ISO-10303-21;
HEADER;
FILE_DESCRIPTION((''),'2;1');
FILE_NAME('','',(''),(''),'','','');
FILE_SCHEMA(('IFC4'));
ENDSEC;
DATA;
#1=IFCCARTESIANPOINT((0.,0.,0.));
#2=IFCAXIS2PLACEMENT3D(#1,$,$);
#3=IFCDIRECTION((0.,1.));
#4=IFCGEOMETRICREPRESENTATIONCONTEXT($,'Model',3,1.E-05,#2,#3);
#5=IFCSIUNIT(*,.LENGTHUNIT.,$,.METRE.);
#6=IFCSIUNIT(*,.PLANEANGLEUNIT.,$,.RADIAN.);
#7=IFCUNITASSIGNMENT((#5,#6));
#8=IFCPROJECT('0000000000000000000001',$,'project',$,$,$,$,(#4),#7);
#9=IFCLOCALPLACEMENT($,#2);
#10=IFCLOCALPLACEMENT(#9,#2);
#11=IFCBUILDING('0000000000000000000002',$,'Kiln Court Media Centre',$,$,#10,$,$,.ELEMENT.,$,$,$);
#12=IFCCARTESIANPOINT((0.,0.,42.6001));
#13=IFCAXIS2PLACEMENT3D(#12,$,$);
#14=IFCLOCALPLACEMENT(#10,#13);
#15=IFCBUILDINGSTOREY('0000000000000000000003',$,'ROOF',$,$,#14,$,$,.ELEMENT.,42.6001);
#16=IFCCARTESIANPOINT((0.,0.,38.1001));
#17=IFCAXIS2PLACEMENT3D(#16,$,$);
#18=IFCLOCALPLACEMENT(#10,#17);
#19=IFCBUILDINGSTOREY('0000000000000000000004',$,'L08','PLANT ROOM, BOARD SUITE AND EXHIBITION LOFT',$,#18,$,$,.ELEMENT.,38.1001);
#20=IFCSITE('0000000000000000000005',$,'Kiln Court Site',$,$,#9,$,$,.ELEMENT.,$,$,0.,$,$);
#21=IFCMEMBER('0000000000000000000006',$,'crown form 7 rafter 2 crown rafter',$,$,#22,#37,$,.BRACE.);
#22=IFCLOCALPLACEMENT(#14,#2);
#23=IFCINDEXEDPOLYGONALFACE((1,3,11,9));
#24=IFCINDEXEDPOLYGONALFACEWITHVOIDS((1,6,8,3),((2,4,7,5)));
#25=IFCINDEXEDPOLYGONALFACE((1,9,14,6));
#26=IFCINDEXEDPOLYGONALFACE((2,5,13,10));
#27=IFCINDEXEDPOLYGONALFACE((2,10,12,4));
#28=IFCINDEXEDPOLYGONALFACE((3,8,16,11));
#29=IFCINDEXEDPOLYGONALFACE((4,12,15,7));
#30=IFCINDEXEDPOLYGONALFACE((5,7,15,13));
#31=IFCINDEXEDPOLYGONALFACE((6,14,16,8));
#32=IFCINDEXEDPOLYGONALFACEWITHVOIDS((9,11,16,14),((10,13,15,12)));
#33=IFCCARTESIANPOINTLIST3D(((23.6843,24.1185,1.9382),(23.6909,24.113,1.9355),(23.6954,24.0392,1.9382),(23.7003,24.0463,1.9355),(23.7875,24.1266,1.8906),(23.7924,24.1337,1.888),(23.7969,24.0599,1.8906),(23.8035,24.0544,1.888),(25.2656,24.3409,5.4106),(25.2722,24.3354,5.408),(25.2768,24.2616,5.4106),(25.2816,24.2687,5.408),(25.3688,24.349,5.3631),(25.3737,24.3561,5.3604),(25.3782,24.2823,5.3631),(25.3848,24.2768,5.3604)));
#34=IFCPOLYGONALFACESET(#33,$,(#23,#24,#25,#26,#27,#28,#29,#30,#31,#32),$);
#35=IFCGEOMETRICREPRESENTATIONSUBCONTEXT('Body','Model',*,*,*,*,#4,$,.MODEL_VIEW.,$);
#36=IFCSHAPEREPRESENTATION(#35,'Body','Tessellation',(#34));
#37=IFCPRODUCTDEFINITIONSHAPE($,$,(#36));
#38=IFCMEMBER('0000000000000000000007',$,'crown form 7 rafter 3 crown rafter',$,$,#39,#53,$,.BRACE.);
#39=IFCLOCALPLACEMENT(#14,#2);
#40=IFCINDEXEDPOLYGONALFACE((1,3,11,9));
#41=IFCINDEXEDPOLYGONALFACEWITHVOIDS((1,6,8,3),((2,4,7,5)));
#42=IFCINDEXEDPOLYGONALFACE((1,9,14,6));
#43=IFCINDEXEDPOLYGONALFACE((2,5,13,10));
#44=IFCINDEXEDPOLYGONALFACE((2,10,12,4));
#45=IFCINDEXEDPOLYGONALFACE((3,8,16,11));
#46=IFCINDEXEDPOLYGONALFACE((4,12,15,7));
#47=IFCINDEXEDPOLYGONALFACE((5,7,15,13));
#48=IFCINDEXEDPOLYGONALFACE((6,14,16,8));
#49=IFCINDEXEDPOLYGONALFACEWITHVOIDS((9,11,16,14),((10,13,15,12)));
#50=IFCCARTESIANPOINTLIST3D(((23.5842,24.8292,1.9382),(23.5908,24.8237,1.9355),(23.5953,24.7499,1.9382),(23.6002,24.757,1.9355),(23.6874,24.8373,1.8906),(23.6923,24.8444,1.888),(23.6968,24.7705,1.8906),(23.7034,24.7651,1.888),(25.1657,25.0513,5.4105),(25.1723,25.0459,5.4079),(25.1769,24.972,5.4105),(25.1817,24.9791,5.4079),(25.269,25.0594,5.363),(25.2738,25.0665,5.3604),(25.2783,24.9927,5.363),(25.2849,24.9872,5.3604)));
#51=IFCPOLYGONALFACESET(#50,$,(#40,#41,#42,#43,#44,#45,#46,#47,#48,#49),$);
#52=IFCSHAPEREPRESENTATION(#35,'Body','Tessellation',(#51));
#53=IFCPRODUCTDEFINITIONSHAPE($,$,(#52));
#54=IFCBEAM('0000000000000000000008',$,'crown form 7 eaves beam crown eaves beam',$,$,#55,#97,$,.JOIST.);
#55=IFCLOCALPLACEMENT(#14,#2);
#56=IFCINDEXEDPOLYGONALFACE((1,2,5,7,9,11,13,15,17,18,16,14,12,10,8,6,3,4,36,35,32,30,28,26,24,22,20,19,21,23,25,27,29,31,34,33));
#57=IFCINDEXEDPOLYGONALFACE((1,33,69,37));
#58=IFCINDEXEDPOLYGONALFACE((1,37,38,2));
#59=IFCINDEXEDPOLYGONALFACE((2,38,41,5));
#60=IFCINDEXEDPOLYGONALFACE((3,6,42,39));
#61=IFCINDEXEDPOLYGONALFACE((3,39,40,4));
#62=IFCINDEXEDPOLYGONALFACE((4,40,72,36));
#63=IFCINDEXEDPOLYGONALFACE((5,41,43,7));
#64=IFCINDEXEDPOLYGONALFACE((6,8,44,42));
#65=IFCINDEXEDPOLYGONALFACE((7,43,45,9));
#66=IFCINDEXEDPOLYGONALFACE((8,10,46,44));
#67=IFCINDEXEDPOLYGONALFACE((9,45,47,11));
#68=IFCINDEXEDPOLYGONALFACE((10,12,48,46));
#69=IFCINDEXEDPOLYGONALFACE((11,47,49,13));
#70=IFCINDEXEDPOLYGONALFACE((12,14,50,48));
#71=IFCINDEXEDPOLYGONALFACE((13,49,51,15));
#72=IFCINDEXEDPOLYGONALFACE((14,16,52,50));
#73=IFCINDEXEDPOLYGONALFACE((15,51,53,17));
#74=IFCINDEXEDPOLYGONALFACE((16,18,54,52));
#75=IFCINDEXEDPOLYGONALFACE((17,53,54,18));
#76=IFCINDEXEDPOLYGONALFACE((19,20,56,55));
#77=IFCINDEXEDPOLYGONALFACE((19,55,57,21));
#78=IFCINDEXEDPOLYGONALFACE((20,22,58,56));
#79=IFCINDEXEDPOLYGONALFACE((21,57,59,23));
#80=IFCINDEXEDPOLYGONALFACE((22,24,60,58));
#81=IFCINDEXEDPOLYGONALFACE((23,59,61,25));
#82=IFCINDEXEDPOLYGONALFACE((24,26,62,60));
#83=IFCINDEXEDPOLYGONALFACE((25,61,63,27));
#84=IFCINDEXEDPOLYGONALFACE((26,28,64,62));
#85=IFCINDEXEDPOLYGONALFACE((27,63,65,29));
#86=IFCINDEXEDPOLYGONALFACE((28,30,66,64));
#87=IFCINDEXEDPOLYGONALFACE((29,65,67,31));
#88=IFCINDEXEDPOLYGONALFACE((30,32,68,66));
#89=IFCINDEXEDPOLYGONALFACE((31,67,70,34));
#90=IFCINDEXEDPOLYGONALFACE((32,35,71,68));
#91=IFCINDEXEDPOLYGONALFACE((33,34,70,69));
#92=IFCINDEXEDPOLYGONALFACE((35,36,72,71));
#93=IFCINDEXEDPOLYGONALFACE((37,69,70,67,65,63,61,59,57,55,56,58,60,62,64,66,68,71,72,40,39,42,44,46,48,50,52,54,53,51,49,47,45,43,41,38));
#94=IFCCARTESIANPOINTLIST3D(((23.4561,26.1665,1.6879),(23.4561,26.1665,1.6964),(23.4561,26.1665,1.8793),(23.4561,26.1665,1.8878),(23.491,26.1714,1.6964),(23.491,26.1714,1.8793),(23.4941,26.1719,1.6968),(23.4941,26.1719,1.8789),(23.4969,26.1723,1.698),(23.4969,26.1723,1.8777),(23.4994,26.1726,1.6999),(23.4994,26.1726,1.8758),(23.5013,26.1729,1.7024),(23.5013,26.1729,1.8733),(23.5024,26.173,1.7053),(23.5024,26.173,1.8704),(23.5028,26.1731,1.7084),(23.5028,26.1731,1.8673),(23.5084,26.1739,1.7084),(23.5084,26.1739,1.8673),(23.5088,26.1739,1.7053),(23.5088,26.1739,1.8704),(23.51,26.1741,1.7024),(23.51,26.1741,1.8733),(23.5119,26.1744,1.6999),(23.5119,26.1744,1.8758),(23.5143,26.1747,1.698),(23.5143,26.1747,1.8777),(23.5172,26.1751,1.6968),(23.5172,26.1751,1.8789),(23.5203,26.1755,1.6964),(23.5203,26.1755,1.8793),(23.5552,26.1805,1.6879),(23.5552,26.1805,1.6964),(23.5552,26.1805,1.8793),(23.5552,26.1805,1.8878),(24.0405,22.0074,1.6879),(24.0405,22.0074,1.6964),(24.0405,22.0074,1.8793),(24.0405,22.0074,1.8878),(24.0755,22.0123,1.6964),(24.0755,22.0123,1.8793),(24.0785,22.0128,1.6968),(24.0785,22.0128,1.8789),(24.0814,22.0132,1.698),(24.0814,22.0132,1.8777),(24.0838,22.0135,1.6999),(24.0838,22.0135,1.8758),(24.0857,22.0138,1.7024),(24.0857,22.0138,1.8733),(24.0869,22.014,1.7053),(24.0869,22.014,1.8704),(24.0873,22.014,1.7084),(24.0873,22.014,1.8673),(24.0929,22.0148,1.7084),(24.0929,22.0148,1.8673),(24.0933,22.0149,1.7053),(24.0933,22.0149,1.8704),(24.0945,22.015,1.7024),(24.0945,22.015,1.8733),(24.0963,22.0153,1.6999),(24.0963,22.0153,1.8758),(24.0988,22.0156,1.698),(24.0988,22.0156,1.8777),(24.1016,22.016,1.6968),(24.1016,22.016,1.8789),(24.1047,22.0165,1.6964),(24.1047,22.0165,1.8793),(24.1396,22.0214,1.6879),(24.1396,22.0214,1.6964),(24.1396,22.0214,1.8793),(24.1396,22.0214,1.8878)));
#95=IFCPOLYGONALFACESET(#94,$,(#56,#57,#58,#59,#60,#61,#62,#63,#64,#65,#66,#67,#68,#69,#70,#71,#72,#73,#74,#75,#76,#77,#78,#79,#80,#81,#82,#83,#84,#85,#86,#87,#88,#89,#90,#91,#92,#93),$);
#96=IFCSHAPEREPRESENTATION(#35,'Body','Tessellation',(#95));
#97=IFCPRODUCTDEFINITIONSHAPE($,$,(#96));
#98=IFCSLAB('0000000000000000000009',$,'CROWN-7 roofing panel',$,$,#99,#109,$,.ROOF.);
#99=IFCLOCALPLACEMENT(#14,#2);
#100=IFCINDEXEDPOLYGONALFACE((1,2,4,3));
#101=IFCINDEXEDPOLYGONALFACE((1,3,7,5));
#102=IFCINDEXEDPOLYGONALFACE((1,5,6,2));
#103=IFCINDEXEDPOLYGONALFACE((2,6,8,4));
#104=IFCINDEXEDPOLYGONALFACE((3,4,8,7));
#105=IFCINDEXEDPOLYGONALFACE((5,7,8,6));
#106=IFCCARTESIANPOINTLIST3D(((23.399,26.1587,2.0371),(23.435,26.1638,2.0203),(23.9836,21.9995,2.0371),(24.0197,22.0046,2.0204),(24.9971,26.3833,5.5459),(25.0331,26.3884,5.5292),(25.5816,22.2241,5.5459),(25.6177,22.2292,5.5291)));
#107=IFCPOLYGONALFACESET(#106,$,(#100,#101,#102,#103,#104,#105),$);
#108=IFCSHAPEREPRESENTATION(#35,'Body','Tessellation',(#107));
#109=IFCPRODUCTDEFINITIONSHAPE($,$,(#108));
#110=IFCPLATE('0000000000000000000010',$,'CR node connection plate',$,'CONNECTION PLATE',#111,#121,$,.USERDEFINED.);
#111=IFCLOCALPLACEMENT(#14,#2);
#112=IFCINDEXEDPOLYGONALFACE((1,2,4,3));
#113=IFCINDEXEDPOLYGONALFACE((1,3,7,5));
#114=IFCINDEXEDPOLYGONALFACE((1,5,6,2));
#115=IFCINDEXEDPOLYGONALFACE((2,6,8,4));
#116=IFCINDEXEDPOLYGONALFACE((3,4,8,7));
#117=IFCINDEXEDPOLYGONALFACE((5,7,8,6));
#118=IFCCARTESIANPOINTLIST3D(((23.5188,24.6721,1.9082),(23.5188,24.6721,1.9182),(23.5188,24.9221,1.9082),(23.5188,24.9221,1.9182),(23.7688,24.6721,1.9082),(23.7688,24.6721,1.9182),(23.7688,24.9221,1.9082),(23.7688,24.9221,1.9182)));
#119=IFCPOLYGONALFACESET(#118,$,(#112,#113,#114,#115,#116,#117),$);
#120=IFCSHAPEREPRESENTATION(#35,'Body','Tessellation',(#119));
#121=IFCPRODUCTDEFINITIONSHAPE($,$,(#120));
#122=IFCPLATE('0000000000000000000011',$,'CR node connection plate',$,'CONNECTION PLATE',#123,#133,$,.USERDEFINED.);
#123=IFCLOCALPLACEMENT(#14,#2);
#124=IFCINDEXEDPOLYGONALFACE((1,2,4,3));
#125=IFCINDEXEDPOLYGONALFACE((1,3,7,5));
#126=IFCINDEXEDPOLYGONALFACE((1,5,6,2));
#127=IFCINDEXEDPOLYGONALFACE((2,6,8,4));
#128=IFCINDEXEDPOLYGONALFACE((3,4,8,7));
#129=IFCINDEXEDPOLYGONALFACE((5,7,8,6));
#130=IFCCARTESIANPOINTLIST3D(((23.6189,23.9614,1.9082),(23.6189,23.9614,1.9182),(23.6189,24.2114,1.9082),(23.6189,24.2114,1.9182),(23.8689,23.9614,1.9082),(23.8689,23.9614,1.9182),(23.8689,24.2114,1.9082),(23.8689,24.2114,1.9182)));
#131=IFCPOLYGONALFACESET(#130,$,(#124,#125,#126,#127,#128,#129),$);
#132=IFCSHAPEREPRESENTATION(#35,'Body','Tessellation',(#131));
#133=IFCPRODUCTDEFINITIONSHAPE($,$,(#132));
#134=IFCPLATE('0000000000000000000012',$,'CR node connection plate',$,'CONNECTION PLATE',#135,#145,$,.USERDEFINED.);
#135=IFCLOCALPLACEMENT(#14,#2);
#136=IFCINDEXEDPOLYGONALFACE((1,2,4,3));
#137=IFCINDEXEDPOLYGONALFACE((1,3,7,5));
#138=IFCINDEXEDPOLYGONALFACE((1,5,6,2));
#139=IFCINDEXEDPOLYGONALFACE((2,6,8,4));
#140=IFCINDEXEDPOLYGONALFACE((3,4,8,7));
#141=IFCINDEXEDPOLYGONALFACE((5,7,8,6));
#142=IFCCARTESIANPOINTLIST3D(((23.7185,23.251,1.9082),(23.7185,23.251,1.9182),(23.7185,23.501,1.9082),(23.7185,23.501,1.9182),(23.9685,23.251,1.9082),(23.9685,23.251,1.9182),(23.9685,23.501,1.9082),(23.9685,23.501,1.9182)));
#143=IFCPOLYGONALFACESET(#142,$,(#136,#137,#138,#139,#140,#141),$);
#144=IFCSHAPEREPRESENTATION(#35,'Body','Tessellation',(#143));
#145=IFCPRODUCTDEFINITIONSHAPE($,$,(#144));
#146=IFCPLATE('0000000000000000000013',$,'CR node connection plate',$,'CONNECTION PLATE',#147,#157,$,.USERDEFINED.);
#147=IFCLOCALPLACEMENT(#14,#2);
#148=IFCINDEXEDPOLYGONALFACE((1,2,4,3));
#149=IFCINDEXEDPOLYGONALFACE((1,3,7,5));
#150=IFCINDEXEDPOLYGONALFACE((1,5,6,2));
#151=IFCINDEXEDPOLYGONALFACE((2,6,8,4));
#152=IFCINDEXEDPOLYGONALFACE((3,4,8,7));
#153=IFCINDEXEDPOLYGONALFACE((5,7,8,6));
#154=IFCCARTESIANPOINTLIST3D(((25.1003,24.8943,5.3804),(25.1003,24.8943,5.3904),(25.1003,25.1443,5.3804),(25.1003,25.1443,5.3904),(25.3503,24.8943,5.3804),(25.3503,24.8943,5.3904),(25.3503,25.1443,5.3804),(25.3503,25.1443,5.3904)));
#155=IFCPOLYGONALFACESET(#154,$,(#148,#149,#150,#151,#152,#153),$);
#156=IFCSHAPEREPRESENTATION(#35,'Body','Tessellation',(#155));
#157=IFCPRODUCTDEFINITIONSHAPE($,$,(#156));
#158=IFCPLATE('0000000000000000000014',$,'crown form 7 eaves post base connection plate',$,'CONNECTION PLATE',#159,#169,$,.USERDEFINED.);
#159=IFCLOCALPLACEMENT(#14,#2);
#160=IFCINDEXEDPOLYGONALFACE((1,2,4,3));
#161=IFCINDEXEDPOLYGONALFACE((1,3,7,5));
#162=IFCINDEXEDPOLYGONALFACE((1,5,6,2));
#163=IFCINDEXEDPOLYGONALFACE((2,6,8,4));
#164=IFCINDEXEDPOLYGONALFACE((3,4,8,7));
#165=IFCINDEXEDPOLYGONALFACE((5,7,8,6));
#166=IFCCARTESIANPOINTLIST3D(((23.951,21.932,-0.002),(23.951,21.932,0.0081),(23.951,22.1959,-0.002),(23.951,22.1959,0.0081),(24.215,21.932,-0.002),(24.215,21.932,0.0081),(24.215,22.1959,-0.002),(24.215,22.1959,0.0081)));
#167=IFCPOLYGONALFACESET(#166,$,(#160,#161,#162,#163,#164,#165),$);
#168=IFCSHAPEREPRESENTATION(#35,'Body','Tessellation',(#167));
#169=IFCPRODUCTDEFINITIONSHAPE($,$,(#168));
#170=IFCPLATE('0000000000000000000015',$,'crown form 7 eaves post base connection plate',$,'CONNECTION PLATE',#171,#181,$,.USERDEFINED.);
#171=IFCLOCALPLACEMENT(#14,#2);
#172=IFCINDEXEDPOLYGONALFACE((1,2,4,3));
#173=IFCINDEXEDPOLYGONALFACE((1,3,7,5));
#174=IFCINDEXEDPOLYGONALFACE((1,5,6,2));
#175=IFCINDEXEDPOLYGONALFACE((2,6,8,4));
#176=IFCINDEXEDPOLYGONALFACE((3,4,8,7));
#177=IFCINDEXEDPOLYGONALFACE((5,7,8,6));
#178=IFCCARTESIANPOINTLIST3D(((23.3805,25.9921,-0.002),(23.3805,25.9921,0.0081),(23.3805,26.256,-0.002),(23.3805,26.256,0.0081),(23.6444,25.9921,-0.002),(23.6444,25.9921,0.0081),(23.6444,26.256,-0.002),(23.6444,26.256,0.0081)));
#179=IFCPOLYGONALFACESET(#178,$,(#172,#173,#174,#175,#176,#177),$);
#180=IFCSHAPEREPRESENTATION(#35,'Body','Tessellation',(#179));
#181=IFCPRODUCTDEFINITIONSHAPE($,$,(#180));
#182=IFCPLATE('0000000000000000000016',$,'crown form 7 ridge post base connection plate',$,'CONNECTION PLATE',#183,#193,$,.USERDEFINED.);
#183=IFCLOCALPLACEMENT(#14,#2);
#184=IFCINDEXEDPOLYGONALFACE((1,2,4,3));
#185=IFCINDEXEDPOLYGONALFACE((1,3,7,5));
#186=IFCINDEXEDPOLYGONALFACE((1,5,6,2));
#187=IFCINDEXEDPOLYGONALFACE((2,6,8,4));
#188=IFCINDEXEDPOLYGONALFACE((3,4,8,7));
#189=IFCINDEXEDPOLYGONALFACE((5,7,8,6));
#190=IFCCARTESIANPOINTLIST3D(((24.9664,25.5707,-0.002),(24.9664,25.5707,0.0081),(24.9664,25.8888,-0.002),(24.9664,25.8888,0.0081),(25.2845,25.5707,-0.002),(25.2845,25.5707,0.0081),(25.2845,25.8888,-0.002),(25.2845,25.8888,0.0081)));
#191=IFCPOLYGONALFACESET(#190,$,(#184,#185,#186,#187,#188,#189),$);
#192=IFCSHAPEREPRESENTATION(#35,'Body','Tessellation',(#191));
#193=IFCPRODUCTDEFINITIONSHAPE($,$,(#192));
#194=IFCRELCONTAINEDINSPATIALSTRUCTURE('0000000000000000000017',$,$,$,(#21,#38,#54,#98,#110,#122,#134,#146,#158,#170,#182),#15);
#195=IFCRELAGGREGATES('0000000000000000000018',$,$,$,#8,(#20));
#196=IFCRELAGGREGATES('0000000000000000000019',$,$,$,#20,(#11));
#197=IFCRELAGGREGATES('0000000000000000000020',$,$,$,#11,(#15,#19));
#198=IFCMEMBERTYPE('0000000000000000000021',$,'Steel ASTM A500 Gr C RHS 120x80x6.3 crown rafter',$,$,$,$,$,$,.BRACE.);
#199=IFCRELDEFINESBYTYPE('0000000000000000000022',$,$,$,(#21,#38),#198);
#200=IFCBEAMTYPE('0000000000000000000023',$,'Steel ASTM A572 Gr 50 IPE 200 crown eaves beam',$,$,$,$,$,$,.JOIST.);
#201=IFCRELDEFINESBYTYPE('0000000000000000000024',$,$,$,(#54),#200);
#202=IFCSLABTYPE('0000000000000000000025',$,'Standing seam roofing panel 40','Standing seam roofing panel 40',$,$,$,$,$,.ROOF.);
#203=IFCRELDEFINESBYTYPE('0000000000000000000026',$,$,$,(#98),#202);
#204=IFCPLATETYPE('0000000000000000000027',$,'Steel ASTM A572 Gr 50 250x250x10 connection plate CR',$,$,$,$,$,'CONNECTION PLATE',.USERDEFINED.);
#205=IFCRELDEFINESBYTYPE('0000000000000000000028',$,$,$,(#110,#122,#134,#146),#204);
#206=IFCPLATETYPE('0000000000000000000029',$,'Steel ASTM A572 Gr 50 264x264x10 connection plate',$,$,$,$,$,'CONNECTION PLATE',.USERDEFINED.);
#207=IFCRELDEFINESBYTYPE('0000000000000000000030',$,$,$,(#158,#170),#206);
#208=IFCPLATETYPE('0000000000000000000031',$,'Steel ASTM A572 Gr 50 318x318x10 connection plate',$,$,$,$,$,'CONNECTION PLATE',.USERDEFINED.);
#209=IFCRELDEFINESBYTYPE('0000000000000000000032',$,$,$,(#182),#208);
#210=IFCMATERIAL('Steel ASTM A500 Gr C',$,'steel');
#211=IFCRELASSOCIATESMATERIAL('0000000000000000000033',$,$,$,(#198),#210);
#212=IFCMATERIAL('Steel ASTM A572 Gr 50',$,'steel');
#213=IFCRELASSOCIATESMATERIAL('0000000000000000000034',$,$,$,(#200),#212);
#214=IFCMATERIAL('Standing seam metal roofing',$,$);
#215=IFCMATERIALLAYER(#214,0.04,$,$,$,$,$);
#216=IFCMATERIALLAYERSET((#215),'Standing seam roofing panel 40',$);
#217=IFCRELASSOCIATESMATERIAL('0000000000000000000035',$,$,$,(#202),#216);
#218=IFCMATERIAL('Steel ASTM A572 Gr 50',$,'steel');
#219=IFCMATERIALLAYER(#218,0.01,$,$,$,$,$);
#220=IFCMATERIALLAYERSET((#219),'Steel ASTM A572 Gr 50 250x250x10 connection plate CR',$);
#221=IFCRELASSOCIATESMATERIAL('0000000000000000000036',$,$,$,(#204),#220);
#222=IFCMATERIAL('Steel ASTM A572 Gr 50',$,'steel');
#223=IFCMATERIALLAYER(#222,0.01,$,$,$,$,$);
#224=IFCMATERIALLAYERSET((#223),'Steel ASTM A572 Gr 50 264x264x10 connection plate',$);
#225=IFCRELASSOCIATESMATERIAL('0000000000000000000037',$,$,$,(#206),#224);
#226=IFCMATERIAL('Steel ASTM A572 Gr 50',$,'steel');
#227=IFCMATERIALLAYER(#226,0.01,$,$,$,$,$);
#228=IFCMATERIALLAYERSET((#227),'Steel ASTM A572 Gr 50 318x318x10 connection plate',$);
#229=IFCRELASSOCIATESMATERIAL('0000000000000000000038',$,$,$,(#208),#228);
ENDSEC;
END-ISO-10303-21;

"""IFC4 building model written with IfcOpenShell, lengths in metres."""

from ifc_helpers import new_model, si_unit, direction, frame, origin, origin_2d, place, context, subcontext, project, spatial, polyline, rectangle, hollow_rectangle, i_section, outline, extrude, material, layer, layer_set, material_profile, profile_set, type_object, element, save


model = new_model("IFC4")

# Units and contexts
model_context = context("Model", 3, precision=1e-05, world=origin(), true_north=direction((0.0, 1.0)))
body_context = subcontext(model_context, "Body", "Model", "MODEL_VIEW")
ifc_project = project(units=[si_unit("LENGTHUNIT", "METRE"), si_unit("PLANEANGLEUNIT", "RADIAN")], contexts=[model_context])

# Site, building, storey
site_placement = place(None, origin())
site = spatial("IfcSite", under=ifc_project, at=site_placement, Name="Kiln Court Site", CompositionType="ELEMENT", RefElevation=0.0)
building_placement = place(site_placement, origin())
building = spatial("IfcBuilding", under=site, at=building_placement, Name="Kiln Court Media Centre", CompositionType="ELEMENT")
storey_1_placement = place(building_placement, frame((0.0, 0.0, 42.6001)))
storey_1 = spatial("IfcBuildingStorey", under=building, at=storey_1_placement, Name="ROOF", CompositionType="ELEMENT", Elevation=42.6001)

# Members
ifc_material_1 = material(Name="Steel ASTM A500 Gr C", Category="steel")
ifc_material_profile_1 = material_profile(ifc_material_1, hollow_rectangle(XDim=0.0801, YDim=0.1201, WallThickness=0.0063, at=origin_2d()), Name="RHS 120x80x6.3")
ifc_profile_set_1 = profile_set([ifc_material_profile_1], Name="Steel ASTM A500 Gr C")
member_type = type_object("IfcMemberType", Name="Steel ASTM A500 Gr C RHS 120x80x6.3 crown rafter", PredefinedType="BRACE", material=ifc_profile_set_1)
for number, where, z_axis, x_axis, name in (
    (1, (23.7439, 24.0864, 1.9131), (0.413737, 0.058193, 0.908535), (-0.139281, 0.990253, 0.0), "crown form 7 rafter 2 crown rafter"),
    (2, (23.6438, 24.7971, 1.9131), (0.413791, 0.058128, 0.908514), (-0.13911, 0.990277, 0.0), "crown form 7 rafter 3 crown rafter"),
):
    element("IfcMember", number, at=place(storey_1_placement, frame(where, z_axis=z_axis, x_axis=x_axis)), inside=storey_1, type_object=member_type, Name=name, PredefinedType="BRACE", context=body_context, shape_type="SweptSolid", body=[
        extrude(hollow_rectangle(XDim=0.0801, YDim=0.1201, WallThickness=0.0063, at=origin_2d()), origin(), (0.0, 0.0, 1.0), 3.822),
    ])

# Beam
ifc_material_2 = material(Name="Steel ASTM A572 Gr 50", Category="steel")
ifc_material_profile_2 = material_profile(ifc_material_2, i_section(OverallWidth=0.1001, OverallDepth=0.2, WebThickness=0.0056, FlangeThickness=0.0085, FilletRadius=0.012, at=origin_2d()), Name="IPE 200")
ifc_profile_set_2 = profile_set([ifc_material_profile_2], Name="Steel ASTM A572 Gr 50")
beam_type = type_object("IfcBeamType", Name="Steel ASTM A572 Gr 50 IPE 200 crown eaves beam", PredefinedType="JOIST", material=ifc_profile_set_2)
beam_placement = place(storey_1_placement, frame((24.0901, 22.0144, 1.7878), z_axis=(-0.139159, 0.99027, 0.0), x_axis=(-0.99027, -0.139159, 0.0)))
element("IfcBeam", 3, at=beam_placement, inside=storey_1, type_object=beam_type, Name="crown form 7 eaves beam crown eaves beam", PredefinedType="JOIST", context=body_context, shape_type="SweptSolid", body=[
    extrude(i_section(OverallWidth=0.1001, OverallDepth=0.2, WebThickness=0.0056, FlangeThickness=0.0085, FilletRadius=0.012, at=origin_2d()), origin(), (0.0, 0.0, 1.0), 4.2),
])

# Slab
ifc_material_3 = material(Name="Standing seam metal roofing")
ifc_layer_1 = layer(ifc_material_3, 0.04)
ifc_layer_set_1 = layer_set([ifc_layer_1], Name="Standing seam roofing panel 40")
slab_type = type_object("IfcSlabType", Name="Standing seam roofing panel 40", Description="Standing seam roofing panel 40", PredefinedType="ROOF", material=ifc_layer_set_1)
slab_placement = place(storey_1_placement, frame((23.9836, 21.9995, 2.0371), z_axis=(-0.899678, -0.126454, 0.417839), x_axis=(-0.139192, 0.990265, -0.000011)))
element("IfcSlab", 4, at=slab_placement, inside=storey_1, type_object=slab_type, Name="CROWN-7 roofing panel", PredefinedType="ROOF", context=body_context, shape_type="SweptSolid", body=[
    extrude(outline(polyline([(0.0, 0.0), (4.2001, 0.0), (4.2, -3.8621), (0.0, -3.862), (0.0, 0.0)])), origin(), (0.0, 0.0, -1.0), 0.04),
])

# Plates
ifc_material_4 = material(Name="Steel ASTM A572 Gr 50", Category="steel")
ifc_layer_2 = layer(ifc_material_4, 0.01)
ifc_layer_set_2 = layer_set([ifc_layer_2], Name="Steel ASTM A572 Gr 50 250x250x10 connection plate CR")
plate_type_1 = type_object("IfcPlateType", Name="Steel ASTM A572 Gr 50 250x250x10 connection plate CR", ElementType="CONNECTION PLATE", PredefinedType="USERDEFINED", material=ifc_layer_set_2)
for number, where, z_axis, x_axis, name in (
    (5, (23.6438, 24.7971, 1.9082), (0.0, 0.0, 1.0), (1.0, 0.0, 0.0), "CR node connection plate"),
    (6, (23.7439, 24.0864, 1.9082), (0.0, 0.0, 1.0), (1.0, 0.0, 0.0), "CR node connection plate"),
    (7, (23.8435, 23.376, 1.9082), (0.0, 0.0, 1.0), (1.0, 0.0, 0.0), "CR node connection plate"),
    (8, (25.2253, 25.0193, 5.3804), (0.0, 0.0, 1.0), (1.0, 0.0, 0.0), "CR node connection plate"),
):
    element("IfcPlate", number, at=place(storey_1_placement, frame(where, z_axis=z_axis, x_axis=x_axis)), inside=storey_1, type_object=plate_type_1, Name=name, ObjectType="CONNECTION PLATE", PredefinedType="USERDEFINED", context=body_context, shape_type="SweptSolid", body=[
        extrude(rectangle(XDim=0.25, YDim=0.25, at=origin_2d()), origin(), (0.0, 0.0, 1.0), 0.01),
    ])
ifc_material_5 = material(Name="Steel ASTM A572 Gr 50", Category="steel")
ifc_layer_3 = layer(ifc_material_5, 0.01)
ifc_layer_set_3 = layer_set([ifc_layer_3], Name="Steel ASTM A572 Gr 50 264x264x10 connection plate")
plate_type_2 = type_object("IfcPlateType", Name="Steel ASTM A572 Gr 50 264x264x10 connection plate", ElementType="CONNECTION PLATE", PredefinedType="USERDEFINED", material=ifc_layer_set_3)
for number, where, z_axis, x_axis, name in (
    (9, (24.083, 22.064, -0.002), (0.0, 0.0, 1.0), (1.0, 0.0, 0.0), "crown form 7 eaves post base connection plate"),
    (10, (23.5125, 26.124, -0.002), (0.0, 0.0, 1.0), (1.0, 0.0, 0.0), "crown form 7 eaves post base connection plate"),
):
    element("IfcPlate", number, at=place(storey_1_placement, frame(where, z_axis=z_axis, x_axis=x_axis)), inside=storey_1, type_object=plate_type_2, Name=name, ObjectType="CONNECTION PLATE", PredefinedType="USERDEFINED", context=body_context, shape_type="SweptSolid", body=[
        extrude(rectangle(XDim=0.2639, YDim=0.2639, at=origin_2d()), origin(), (0.0, 0.0, 1.0), 0.01),
    ])
ifc_material_6 = material(Name="Steel ASTM A572 Gr 50", Category="steel")
ifc_layer_4 = layer(ifc_material_6, 0.01)
ifc_layer_set_4 = layer_set([ifc_layer_4], Name="Steel ASTM A572 Gr 50 318x318x10 connection plate")
plate_type_3 = type_object("IfcPlateType", Name="Steel ASTM A572 Gr 50 318x318x10 connection plate", ElementType="CONNECTION PLATE", PredefinedType="USERDEFINED", material=ifc_layer_set_4)
plate_placement = place(storey_1_placement, frame((25.1255, 25.7297, -0.002), z_axis=(0.0, 0.0, 1.0), x_axis=(1.0, 0.0, 0.0)))
element("IfcPlate", 11, at=plate_placement, inside=storey_1, type_object=plate_type_3, Name="crown form 7 ridge post base connection plate", ObjectType="CONNECTION PLATE", PredefinedType="USERDEFINED", context=body_context, shape_type="SweptSolid", body=[
    extrude(rectangle(XDim=0.3181, YDim=0.3181, at=origin_2d()), origin(), (0.0, 0.0, 1.0), 0.01),
])

# Shared definitions
storey_2_placement = place(building_placement, frame((0.0, 0.0, 38.1001)))
storey_2 = spatial("IfcBuildingStorey", under=building, at=storey_2_placement, Name="L08", Description="PLANT ROOM, BOARD SUITE AND EXHIBITION LOFT", CompositionType="ELEMENT", Elevation=38.1001)

save(model, "model.ifc")
